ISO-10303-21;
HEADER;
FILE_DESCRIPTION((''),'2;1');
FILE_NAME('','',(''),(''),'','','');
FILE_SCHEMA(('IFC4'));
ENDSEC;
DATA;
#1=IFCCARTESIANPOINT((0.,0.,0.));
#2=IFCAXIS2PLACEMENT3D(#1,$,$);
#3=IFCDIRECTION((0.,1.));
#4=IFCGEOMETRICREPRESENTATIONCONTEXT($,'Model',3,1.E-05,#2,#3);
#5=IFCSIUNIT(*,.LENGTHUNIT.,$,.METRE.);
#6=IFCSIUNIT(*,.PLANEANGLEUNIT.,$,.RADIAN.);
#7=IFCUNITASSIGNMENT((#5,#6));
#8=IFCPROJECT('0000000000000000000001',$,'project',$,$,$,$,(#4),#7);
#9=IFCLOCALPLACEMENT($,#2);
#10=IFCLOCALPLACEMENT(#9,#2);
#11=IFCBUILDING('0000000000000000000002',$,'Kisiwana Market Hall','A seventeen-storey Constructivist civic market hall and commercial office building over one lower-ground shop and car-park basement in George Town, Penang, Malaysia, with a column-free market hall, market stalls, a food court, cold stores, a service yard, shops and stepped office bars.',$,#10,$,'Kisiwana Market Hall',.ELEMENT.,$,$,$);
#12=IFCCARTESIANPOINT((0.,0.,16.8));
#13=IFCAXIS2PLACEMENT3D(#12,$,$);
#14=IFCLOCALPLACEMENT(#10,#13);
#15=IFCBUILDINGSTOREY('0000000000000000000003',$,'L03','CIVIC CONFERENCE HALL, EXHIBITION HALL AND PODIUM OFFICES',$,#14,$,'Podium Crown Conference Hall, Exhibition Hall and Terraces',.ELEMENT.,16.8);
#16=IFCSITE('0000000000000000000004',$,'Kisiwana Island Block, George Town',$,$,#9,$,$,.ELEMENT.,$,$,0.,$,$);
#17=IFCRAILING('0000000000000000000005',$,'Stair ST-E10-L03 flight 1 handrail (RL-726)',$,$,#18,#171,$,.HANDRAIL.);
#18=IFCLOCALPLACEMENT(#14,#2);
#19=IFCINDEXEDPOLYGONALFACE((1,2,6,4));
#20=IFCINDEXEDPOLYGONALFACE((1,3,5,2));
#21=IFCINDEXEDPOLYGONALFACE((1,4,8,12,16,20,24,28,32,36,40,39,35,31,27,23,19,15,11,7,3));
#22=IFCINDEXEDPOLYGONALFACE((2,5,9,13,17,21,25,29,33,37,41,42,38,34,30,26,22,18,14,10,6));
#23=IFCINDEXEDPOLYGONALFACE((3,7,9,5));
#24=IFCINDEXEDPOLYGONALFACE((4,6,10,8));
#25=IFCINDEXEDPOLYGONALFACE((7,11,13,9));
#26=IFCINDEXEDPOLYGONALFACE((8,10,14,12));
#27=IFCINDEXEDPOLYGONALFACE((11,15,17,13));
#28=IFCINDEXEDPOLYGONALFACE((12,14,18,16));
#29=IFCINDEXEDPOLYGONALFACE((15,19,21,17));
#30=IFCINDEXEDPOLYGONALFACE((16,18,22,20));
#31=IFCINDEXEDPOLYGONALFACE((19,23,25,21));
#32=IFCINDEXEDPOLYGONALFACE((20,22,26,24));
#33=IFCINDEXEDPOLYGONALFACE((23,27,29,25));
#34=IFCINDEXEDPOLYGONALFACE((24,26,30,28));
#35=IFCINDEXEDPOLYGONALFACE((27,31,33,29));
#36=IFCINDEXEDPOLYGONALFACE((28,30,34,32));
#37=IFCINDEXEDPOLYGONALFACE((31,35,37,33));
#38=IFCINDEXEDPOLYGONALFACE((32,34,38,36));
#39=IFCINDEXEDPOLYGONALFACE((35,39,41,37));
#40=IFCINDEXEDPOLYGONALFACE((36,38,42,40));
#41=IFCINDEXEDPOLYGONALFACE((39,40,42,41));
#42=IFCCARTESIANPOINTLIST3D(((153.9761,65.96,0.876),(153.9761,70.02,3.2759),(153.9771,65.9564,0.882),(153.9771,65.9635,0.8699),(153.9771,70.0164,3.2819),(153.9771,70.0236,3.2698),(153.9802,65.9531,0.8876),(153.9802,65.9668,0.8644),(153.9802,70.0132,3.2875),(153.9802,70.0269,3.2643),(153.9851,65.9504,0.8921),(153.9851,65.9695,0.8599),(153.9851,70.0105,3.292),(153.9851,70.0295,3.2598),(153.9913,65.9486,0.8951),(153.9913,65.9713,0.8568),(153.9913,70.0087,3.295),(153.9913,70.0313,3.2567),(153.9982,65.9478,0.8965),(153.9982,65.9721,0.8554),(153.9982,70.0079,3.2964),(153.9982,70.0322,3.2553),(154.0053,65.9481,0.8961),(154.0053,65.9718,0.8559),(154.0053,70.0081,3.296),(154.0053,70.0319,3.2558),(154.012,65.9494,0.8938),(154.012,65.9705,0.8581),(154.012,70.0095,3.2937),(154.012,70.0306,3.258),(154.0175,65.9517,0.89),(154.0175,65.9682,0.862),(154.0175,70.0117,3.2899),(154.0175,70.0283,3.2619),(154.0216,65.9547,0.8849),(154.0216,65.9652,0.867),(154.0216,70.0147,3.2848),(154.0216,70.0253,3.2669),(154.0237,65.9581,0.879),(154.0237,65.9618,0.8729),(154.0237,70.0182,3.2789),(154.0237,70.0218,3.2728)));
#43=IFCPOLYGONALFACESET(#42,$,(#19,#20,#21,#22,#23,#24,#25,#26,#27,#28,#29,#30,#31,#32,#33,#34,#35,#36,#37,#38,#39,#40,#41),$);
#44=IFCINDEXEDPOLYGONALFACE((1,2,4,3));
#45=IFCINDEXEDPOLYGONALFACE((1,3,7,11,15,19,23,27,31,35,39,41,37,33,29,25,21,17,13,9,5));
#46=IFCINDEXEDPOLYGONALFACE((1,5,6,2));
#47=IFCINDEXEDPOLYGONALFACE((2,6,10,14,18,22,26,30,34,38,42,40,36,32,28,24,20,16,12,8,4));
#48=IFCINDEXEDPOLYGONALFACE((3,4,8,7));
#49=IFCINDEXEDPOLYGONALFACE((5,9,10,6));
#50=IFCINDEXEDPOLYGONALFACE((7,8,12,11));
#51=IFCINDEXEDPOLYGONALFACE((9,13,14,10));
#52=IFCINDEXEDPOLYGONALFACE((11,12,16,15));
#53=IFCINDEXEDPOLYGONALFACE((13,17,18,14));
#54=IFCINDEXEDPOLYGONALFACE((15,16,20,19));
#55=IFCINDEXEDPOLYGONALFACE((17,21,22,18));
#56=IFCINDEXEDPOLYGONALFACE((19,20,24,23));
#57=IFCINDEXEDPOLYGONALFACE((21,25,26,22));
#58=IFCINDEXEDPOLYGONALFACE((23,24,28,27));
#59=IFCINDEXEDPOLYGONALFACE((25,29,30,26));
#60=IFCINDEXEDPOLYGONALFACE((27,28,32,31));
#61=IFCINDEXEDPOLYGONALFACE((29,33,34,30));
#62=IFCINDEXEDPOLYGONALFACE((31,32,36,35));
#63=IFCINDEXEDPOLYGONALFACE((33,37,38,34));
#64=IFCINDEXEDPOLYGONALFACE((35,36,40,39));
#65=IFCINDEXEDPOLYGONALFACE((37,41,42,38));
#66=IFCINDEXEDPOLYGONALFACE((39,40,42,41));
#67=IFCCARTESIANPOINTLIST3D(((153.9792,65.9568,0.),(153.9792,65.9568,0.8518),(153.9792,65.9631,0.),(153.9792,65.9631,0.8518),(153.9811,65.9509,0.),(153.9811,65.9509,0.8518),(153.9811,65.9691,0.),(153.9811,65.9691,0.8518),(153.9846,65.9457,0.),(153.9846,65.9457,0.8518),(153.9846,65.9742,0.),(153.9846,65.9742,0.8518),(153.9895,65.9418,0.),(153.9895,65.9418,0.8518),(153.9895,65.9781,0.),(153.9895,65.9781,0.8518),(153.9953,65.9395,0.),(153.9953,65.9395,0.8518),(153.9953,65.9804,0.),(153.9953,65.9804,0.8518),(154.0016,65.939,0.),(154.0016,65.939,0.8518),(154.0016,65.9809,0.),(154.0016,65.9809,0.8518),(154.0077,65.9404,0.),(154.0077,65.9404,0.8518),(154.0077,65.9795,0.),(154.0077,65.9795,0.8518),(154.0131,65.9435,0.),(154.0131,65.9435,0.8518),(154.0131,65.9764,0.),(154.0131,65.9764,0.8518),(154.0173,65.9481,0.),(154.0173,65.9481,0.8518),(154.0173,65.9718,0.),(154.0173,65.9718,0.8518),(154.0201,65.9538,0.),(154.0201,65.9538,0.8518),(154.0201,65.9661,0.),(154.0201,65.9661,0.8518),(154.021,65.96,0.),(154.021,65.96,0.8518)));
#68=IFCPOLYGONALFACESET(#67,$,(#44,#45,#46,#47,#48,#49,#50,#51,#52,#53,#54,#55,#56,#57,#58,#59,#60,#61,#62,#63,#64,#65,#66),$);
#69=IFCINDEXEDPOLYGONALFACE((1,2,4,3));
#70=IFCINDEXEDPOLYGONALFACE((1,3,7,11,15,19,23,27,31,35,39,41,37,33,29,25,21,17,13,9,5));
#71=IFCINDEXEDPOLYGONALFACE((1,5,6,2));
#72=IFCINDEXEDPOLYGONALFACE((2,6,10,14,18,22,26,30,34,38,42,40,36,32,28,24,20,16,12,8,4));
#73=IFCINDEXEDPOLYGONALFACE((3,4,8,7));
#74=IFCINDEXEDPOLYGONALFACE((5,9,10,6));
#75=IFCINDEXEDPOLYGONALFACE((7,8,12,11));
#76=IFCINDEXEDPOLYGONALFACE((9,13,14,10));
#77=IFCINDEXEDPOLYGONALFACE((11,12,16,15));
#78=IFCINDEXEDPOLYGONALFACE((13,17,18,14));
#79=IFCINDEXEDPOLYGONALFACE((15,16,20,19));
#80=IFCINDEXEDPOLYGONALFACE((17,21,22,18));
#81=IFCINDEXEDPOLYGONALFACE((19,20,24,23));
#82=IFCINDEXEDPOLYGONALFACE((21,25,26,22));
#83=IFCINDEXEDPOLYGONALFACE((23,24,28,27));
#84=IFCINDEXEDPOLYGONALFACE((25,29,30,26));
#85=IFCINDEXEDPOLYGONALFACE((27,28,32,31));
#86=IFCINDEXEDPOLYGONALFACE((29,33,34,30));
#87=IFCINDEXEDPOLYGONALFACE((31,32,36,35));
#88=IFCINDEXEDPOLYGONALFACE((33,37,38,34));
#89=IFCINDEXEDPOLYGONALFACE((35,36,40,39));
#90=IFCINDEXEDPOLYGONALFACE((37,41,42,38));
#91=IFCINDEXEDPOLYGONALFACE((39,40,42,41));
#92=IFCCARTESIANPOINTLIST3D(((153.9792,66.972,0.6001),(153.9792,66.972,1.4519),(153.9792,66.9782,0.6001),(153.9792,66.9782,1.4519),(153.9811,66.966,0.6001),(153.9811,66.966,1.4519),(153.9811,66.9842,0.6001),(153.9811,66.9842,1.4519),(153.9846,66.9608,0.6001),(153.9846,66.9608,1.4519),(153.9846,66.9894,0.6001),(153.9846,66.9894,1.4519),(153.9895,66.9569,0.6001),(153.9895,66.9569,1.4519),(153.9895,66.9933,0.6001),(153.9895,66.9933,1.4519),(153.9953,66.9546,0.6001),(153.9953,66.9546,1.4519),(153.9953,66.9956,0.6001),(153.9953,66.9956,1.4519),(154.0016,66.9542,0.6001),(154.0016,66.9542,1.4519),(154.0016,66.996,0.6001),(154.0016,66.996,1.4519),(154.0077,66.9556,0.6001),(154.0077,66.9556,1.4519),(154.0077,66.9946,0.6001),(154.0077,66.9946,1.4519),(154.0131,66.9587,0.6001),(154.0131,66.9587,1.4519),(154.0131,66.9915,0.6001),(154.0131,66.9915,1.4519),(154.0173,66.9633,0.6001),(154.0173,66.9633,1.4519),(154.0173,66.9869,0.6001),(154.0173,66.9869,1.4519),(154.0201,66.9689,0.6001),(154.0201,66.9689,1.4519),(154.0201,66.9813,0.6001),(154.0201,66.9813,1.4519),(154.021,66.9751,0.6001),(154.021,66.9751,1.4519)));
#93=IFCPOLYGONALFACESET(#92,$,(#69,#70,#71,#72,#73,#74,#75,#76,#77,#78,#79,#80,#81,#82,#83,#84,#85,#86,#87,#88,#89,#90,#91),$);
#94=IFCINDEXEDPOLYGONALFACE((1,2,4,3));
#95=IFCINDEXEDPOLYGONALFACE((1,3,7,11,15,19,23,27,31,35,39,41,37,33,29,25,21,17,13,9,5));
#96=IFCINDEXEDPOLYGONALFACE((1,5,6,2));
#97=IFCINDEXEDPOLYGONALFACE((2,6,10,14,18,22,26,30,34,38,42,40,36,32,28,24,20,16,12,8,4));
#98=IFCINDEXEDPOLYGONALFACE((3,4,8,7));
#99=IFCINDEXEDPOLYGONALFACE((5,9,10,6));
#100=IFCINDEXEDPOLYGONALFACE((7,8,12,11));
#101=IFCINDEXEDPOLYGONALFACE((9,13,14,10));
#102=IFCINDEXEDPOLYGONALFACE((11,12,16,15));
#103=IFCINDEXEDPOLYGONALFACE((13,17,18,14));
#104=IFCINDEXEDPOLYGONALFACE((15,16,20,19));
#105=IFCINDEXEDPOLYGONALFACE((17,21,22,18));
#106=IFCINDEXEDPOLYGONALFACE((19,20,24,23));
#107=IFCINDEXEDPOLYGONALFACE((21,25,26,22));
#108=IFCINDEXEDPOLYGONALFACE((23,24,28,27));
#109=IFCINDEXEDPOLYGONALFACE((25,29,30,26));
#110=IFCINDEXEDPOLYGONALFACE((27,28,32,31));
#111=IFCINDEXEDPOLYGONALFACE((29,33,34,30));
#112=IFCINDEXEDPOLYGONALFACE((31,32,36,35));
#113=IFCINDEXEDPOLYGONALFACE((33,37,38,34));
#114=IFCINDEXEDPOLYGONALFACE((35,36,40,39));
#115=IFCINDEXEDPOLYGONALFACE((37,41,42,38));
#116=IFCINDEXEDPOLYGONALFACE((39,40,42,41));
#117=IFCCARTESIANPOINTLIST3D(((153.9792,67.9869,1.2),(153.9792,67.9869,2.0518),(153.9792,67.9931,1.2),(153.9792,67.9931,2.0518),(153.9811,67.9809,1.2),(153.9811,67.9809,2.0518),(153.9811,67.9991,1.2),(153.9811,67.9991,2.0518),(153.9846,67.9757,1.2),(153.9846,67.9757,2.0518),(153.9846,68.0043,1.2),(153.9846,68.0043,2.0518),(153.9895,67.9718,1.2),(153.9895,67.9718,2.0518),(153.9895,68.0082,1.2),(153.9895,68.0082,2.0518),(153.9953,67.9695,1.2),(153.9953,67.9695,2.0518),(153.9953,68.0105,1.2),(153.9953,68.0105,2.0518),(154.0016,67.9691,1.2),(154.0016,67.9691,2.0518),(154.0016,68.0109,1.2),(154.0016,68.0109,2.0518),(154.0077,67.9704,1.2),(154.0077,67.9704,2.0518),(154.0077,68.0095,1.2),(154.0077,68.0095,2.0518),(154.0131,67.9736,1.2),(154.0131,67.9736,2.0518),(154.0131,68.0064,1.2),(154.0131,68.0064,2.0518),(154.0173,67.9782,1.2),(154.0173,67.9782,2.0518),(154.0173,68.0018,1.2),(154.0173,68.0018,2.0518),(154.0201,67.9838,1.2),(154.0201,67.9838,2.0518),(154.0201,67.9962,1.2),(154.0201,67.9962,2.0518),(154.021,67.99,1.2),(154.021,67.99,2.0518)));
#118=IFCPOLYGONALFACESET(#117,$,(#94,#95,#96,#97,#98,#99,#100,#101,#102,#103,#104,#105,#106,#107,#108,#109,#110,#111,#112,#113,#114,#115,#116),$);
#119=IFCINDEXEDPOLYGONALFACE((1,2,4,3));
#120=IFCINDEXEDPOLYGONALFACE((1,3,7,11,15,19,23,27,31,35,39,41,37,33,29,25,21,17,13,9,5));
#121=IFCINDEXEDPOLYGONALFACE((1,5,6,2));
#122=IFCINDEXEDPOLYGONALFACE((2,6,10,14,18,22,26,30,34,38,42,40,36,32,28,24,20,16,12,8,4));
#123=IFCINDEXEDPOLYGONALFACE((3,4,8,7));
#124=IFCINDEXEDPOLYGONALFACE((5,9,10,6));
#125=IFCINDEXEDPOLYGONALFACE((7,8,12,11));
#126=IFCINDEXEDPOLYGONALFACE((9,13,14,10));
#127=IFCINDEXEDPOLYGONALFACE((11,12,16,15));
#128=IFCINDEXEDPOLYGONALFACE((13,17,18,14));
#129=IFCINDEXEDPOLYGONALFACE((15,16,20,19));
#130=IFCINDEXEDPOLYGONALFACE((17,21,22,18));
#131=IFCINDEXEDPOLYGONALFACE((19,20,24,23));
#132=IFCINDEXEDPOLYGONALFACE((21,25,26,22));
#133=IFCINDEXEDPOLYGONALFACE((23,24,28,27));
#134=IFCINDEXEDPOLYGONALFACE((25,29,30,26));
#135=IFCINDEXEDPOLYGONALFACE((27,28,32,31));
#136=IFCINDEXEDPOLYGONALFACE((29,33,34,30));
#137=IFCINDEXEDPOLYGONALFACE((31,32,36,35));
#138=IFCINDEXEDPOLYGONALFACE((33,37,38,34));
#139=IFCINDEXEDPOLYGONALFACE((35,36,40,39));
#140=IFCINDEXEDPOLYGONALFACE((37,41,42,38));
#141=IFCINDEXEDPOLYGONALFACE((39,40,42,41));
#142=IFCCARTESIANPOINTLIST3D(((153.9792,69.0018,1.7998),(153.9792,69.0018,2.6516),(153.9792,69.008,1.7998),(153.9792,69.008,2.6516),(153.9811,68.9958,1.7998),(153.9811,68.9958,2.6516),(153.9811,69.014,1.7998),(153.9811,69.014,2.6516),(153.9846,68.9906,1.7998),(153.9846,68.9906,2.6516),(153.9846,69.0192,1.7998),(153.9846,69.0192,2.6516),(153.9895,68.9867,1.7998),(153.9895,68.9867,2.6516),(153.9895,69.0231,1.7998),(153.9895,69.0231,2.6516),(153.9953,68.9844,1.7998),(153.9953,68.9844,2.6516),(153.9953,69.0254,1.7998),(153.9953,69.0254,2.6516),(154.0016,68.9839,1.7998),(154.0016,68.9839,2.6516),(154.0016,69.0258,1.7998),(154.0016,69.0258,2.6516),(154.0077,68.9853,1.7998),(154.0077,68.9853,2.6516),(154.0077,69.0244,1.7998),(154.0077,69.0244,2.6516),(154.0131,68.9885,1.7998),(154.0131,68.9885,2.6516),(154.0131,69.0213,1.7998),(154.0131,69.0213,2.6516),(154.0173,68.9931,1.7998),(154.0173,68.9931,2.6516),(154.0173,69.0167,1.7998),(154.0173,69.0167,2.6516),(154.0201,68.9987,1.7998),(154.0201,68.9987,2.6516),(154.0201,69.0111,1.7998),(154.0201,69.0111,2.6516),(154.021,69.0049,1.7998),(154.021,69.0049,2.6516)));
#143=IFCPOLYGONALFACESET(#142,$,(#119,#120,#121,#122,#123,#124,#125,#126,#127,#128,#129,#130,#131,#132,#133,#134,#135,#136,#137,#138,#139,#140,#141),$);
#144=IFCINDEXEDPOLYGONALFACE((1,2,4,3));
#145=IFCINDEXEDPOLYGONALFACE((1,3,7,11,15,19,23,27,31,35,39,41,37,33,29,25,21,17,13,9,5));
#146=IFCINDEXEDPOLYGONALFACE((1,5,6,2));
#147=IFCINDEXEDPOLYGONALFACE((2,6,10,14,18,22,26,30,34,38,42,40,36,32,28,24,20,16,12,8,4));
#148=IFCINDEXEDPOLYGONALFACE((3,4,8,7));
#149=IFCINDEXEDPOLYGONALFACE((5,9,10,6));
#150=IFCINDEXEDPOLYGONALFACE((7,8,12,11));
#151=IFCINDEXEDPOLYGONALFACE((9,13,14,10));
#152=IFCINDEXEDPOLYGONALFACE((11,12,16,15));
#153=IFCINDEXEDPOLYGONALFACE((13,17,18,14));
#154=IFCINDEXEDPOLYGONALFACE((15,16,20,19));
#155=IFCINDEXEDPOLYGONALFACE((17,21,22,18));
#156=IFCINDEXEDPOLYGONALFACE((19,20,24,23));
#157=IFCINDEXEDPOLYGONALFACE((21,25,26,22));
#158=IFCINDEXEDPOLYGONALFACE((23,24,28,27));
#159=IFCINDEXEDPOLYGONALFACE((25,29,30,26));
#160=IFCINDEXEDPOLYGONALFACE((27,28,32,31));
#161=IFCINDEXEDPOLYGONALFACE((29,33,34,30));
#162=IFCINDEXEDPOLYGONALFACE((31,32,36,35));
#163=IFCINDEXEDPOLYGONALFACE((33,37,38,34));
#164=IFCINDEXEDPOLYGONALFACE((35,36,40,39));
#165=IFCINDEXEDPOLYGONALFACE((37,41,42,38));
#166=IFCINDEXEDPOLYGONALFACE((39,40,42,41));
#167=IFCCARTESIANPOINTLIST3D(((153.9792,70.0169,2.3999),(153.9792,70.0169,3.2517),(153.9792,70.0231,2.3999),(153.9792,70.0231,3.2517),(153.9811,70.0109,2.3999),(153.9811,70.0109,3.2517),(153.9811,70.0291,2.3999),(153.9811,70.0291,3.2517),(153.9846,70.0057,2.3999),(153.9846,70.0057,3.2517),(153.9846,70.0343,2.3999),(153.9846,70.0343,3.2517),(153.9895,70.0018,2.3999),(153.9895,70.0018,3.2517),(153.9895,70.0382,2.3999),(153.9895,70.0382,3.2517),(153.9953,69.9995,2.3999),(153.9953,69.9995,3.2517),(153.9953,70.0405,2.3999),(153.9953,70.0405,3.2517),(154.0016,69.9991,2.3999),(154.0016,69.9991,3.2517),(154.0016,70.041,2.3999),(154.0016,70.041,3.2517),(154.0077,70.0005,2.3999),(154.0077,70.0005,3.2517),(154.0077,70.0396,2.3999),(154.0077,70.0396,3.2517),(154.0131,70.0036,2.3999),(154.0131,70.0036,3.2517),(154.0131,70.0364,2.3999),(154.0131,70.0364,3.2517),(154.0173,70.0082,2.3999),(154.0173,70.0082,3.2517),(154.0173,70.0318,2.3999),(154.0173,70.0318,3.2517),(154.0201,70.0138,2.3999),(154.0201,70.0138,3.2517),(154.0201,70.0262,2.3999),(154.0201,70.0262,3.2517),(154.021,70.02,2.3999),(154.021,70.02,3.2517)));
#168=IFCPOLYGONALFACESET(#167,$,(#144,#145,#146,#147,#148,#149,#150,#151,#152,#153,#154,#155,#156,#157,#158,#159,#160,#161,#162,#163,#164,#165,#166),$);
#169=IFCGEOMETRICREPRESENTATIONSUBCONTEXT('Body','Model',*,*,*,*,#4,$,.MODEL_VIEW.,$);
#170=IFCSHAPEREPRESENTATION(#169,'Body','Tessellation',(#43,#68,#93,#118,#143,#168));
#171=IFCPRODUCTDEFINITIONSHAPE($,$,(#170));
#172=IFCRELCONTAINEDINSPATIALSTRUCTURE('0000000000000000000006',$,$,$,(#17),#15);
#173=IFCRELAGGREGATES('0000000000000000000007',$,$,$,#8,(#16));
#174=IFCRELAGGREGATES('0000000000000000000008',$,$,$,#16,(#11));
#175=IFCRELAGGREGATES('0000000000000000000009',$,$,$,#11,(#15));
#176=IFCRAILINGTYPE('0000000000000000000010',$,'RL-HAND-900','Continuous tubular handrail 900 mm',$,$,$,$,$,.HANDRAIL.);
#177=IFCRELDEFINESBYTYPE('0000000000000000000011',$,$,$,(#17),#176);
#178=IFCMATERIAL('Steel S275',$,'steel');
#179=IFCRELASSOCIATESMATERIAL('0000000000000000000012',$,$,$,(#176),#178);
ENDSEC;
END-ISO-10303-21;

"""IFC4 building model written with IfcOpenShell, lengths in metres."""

from ifc_helpers import new_model, si_unit, direction, frame, origin, origin_2d, place, context, subcontext, project, spatial, circle, extrude, material, type_object, element, save


model = new_model("IFC4")

# Units and contexts
model_context = context("Model", 3, precision=1e-05, world=origin(), true_north=direction((0.0, 1.0)))
body_context = subcontext(model_context, "Body", "Model", "MODEL_VIEW")
ifc_project = project(units=[si_unit("LENGTHUNIT", "METRE"), si_unit("PLANEANGLEUNIT", "RADIAN")], contexts=[model_context])

# Site, building, storey
site_placement = place(None, origin())
site = spatial("IfcSite", under=ifc_project, at=site_placement, Name="Kisiwana Island Block, George Town", CompositionType="ELEMENT", RefElevation=0.0)
building_placement = place(site_placement, origin())
building = spatial("IfcBuilding", under=site, at=building_placement, Name="Kisiwana Market Hall", Description="A seventeen-storey Constructivist civic market hall and commercial office building over one lower-ground shop and car-park basement in George Town, Penang, Malaysia, with a column-free market hall, market stalls, a food court, cold stores, a service yard, shops and stepped office bars.", LongName="Kisiwana Market Hall", CompositionType="ELEMENT")
storey_placement = place(building_placement, frame((0.0, 0.0, 16.8)))
storey = spatial("IfcBuildingStorey", under=building, at=storey_placement, Name="L03", Description="CIVIC CONFERENCE HALL, EXHIBITION HALL AND PODIUM OFFICES", LongName="Podium Crown Conference Hall, Exhibition Hall and Terraces", CompositionType="ELEMENT", Elevation=16.8)

# Railing
ifc_material_1 = material(Name="Steel S275", Category="steel")
railing_type_1 = type_object("IfcRailingType", Name="RL-HAND-900", Description="Continuous tubular handrail 900 mm", PredefinedType="HANDRAIL", material=ifc_material_1)
for number, where, name in (
    (1, (154.0, 65.96, 0.0), "Stair ST-E10-L03 flight 1 handrail (RL-726)"),
):
    element("IfcRailing", number, at=place(storey_placement, frame(where)), inside=storey, type_object=railing_type_1, Name=name, PredefinedType="HANDRAIL", context=body_context, shape_type="SweptSolid", body=[
        extrude(circle(Radius=0.0239, at=origin_2d()), frame((0.0, 0.0, 0.876), z_axis=(0.0, 0.860854, 0.508851), x_axis=(-1.0, 0.0, 0.0)), (0.0, 0.0, 1.0), 4.7163),
        extrude(circle(Radius=0.021, at=origin_2d()), origin(), (0.0, 0.0, 1.0), 0.8518),
        extrude(circle(Radius=0.021, at=origin_2d()), frame((0.0, 1.0151, 0.6001)), (0.0, 0.0, 1.0), 0.8518),
        extrude(circle(Radius=0.021, at=origin_2d()), frame((0.0, 2.03, 1.2)), (0.0, 0.0, 1.0), 0.8518),
        extrude(circle(Radius=0.021, at=origin_2d()), frame((0.0, 3.0449, 1.7998)), (0.0, 0.0, 1.0), 0.8518),
        extrude(circle(Radius=0.021, at=origin_2d()), frame((0.0, 4.0601, 2.3999)), (0.0, 0.0, 1.0), 0.8518),
    ])

save(model, "model.ifc")
